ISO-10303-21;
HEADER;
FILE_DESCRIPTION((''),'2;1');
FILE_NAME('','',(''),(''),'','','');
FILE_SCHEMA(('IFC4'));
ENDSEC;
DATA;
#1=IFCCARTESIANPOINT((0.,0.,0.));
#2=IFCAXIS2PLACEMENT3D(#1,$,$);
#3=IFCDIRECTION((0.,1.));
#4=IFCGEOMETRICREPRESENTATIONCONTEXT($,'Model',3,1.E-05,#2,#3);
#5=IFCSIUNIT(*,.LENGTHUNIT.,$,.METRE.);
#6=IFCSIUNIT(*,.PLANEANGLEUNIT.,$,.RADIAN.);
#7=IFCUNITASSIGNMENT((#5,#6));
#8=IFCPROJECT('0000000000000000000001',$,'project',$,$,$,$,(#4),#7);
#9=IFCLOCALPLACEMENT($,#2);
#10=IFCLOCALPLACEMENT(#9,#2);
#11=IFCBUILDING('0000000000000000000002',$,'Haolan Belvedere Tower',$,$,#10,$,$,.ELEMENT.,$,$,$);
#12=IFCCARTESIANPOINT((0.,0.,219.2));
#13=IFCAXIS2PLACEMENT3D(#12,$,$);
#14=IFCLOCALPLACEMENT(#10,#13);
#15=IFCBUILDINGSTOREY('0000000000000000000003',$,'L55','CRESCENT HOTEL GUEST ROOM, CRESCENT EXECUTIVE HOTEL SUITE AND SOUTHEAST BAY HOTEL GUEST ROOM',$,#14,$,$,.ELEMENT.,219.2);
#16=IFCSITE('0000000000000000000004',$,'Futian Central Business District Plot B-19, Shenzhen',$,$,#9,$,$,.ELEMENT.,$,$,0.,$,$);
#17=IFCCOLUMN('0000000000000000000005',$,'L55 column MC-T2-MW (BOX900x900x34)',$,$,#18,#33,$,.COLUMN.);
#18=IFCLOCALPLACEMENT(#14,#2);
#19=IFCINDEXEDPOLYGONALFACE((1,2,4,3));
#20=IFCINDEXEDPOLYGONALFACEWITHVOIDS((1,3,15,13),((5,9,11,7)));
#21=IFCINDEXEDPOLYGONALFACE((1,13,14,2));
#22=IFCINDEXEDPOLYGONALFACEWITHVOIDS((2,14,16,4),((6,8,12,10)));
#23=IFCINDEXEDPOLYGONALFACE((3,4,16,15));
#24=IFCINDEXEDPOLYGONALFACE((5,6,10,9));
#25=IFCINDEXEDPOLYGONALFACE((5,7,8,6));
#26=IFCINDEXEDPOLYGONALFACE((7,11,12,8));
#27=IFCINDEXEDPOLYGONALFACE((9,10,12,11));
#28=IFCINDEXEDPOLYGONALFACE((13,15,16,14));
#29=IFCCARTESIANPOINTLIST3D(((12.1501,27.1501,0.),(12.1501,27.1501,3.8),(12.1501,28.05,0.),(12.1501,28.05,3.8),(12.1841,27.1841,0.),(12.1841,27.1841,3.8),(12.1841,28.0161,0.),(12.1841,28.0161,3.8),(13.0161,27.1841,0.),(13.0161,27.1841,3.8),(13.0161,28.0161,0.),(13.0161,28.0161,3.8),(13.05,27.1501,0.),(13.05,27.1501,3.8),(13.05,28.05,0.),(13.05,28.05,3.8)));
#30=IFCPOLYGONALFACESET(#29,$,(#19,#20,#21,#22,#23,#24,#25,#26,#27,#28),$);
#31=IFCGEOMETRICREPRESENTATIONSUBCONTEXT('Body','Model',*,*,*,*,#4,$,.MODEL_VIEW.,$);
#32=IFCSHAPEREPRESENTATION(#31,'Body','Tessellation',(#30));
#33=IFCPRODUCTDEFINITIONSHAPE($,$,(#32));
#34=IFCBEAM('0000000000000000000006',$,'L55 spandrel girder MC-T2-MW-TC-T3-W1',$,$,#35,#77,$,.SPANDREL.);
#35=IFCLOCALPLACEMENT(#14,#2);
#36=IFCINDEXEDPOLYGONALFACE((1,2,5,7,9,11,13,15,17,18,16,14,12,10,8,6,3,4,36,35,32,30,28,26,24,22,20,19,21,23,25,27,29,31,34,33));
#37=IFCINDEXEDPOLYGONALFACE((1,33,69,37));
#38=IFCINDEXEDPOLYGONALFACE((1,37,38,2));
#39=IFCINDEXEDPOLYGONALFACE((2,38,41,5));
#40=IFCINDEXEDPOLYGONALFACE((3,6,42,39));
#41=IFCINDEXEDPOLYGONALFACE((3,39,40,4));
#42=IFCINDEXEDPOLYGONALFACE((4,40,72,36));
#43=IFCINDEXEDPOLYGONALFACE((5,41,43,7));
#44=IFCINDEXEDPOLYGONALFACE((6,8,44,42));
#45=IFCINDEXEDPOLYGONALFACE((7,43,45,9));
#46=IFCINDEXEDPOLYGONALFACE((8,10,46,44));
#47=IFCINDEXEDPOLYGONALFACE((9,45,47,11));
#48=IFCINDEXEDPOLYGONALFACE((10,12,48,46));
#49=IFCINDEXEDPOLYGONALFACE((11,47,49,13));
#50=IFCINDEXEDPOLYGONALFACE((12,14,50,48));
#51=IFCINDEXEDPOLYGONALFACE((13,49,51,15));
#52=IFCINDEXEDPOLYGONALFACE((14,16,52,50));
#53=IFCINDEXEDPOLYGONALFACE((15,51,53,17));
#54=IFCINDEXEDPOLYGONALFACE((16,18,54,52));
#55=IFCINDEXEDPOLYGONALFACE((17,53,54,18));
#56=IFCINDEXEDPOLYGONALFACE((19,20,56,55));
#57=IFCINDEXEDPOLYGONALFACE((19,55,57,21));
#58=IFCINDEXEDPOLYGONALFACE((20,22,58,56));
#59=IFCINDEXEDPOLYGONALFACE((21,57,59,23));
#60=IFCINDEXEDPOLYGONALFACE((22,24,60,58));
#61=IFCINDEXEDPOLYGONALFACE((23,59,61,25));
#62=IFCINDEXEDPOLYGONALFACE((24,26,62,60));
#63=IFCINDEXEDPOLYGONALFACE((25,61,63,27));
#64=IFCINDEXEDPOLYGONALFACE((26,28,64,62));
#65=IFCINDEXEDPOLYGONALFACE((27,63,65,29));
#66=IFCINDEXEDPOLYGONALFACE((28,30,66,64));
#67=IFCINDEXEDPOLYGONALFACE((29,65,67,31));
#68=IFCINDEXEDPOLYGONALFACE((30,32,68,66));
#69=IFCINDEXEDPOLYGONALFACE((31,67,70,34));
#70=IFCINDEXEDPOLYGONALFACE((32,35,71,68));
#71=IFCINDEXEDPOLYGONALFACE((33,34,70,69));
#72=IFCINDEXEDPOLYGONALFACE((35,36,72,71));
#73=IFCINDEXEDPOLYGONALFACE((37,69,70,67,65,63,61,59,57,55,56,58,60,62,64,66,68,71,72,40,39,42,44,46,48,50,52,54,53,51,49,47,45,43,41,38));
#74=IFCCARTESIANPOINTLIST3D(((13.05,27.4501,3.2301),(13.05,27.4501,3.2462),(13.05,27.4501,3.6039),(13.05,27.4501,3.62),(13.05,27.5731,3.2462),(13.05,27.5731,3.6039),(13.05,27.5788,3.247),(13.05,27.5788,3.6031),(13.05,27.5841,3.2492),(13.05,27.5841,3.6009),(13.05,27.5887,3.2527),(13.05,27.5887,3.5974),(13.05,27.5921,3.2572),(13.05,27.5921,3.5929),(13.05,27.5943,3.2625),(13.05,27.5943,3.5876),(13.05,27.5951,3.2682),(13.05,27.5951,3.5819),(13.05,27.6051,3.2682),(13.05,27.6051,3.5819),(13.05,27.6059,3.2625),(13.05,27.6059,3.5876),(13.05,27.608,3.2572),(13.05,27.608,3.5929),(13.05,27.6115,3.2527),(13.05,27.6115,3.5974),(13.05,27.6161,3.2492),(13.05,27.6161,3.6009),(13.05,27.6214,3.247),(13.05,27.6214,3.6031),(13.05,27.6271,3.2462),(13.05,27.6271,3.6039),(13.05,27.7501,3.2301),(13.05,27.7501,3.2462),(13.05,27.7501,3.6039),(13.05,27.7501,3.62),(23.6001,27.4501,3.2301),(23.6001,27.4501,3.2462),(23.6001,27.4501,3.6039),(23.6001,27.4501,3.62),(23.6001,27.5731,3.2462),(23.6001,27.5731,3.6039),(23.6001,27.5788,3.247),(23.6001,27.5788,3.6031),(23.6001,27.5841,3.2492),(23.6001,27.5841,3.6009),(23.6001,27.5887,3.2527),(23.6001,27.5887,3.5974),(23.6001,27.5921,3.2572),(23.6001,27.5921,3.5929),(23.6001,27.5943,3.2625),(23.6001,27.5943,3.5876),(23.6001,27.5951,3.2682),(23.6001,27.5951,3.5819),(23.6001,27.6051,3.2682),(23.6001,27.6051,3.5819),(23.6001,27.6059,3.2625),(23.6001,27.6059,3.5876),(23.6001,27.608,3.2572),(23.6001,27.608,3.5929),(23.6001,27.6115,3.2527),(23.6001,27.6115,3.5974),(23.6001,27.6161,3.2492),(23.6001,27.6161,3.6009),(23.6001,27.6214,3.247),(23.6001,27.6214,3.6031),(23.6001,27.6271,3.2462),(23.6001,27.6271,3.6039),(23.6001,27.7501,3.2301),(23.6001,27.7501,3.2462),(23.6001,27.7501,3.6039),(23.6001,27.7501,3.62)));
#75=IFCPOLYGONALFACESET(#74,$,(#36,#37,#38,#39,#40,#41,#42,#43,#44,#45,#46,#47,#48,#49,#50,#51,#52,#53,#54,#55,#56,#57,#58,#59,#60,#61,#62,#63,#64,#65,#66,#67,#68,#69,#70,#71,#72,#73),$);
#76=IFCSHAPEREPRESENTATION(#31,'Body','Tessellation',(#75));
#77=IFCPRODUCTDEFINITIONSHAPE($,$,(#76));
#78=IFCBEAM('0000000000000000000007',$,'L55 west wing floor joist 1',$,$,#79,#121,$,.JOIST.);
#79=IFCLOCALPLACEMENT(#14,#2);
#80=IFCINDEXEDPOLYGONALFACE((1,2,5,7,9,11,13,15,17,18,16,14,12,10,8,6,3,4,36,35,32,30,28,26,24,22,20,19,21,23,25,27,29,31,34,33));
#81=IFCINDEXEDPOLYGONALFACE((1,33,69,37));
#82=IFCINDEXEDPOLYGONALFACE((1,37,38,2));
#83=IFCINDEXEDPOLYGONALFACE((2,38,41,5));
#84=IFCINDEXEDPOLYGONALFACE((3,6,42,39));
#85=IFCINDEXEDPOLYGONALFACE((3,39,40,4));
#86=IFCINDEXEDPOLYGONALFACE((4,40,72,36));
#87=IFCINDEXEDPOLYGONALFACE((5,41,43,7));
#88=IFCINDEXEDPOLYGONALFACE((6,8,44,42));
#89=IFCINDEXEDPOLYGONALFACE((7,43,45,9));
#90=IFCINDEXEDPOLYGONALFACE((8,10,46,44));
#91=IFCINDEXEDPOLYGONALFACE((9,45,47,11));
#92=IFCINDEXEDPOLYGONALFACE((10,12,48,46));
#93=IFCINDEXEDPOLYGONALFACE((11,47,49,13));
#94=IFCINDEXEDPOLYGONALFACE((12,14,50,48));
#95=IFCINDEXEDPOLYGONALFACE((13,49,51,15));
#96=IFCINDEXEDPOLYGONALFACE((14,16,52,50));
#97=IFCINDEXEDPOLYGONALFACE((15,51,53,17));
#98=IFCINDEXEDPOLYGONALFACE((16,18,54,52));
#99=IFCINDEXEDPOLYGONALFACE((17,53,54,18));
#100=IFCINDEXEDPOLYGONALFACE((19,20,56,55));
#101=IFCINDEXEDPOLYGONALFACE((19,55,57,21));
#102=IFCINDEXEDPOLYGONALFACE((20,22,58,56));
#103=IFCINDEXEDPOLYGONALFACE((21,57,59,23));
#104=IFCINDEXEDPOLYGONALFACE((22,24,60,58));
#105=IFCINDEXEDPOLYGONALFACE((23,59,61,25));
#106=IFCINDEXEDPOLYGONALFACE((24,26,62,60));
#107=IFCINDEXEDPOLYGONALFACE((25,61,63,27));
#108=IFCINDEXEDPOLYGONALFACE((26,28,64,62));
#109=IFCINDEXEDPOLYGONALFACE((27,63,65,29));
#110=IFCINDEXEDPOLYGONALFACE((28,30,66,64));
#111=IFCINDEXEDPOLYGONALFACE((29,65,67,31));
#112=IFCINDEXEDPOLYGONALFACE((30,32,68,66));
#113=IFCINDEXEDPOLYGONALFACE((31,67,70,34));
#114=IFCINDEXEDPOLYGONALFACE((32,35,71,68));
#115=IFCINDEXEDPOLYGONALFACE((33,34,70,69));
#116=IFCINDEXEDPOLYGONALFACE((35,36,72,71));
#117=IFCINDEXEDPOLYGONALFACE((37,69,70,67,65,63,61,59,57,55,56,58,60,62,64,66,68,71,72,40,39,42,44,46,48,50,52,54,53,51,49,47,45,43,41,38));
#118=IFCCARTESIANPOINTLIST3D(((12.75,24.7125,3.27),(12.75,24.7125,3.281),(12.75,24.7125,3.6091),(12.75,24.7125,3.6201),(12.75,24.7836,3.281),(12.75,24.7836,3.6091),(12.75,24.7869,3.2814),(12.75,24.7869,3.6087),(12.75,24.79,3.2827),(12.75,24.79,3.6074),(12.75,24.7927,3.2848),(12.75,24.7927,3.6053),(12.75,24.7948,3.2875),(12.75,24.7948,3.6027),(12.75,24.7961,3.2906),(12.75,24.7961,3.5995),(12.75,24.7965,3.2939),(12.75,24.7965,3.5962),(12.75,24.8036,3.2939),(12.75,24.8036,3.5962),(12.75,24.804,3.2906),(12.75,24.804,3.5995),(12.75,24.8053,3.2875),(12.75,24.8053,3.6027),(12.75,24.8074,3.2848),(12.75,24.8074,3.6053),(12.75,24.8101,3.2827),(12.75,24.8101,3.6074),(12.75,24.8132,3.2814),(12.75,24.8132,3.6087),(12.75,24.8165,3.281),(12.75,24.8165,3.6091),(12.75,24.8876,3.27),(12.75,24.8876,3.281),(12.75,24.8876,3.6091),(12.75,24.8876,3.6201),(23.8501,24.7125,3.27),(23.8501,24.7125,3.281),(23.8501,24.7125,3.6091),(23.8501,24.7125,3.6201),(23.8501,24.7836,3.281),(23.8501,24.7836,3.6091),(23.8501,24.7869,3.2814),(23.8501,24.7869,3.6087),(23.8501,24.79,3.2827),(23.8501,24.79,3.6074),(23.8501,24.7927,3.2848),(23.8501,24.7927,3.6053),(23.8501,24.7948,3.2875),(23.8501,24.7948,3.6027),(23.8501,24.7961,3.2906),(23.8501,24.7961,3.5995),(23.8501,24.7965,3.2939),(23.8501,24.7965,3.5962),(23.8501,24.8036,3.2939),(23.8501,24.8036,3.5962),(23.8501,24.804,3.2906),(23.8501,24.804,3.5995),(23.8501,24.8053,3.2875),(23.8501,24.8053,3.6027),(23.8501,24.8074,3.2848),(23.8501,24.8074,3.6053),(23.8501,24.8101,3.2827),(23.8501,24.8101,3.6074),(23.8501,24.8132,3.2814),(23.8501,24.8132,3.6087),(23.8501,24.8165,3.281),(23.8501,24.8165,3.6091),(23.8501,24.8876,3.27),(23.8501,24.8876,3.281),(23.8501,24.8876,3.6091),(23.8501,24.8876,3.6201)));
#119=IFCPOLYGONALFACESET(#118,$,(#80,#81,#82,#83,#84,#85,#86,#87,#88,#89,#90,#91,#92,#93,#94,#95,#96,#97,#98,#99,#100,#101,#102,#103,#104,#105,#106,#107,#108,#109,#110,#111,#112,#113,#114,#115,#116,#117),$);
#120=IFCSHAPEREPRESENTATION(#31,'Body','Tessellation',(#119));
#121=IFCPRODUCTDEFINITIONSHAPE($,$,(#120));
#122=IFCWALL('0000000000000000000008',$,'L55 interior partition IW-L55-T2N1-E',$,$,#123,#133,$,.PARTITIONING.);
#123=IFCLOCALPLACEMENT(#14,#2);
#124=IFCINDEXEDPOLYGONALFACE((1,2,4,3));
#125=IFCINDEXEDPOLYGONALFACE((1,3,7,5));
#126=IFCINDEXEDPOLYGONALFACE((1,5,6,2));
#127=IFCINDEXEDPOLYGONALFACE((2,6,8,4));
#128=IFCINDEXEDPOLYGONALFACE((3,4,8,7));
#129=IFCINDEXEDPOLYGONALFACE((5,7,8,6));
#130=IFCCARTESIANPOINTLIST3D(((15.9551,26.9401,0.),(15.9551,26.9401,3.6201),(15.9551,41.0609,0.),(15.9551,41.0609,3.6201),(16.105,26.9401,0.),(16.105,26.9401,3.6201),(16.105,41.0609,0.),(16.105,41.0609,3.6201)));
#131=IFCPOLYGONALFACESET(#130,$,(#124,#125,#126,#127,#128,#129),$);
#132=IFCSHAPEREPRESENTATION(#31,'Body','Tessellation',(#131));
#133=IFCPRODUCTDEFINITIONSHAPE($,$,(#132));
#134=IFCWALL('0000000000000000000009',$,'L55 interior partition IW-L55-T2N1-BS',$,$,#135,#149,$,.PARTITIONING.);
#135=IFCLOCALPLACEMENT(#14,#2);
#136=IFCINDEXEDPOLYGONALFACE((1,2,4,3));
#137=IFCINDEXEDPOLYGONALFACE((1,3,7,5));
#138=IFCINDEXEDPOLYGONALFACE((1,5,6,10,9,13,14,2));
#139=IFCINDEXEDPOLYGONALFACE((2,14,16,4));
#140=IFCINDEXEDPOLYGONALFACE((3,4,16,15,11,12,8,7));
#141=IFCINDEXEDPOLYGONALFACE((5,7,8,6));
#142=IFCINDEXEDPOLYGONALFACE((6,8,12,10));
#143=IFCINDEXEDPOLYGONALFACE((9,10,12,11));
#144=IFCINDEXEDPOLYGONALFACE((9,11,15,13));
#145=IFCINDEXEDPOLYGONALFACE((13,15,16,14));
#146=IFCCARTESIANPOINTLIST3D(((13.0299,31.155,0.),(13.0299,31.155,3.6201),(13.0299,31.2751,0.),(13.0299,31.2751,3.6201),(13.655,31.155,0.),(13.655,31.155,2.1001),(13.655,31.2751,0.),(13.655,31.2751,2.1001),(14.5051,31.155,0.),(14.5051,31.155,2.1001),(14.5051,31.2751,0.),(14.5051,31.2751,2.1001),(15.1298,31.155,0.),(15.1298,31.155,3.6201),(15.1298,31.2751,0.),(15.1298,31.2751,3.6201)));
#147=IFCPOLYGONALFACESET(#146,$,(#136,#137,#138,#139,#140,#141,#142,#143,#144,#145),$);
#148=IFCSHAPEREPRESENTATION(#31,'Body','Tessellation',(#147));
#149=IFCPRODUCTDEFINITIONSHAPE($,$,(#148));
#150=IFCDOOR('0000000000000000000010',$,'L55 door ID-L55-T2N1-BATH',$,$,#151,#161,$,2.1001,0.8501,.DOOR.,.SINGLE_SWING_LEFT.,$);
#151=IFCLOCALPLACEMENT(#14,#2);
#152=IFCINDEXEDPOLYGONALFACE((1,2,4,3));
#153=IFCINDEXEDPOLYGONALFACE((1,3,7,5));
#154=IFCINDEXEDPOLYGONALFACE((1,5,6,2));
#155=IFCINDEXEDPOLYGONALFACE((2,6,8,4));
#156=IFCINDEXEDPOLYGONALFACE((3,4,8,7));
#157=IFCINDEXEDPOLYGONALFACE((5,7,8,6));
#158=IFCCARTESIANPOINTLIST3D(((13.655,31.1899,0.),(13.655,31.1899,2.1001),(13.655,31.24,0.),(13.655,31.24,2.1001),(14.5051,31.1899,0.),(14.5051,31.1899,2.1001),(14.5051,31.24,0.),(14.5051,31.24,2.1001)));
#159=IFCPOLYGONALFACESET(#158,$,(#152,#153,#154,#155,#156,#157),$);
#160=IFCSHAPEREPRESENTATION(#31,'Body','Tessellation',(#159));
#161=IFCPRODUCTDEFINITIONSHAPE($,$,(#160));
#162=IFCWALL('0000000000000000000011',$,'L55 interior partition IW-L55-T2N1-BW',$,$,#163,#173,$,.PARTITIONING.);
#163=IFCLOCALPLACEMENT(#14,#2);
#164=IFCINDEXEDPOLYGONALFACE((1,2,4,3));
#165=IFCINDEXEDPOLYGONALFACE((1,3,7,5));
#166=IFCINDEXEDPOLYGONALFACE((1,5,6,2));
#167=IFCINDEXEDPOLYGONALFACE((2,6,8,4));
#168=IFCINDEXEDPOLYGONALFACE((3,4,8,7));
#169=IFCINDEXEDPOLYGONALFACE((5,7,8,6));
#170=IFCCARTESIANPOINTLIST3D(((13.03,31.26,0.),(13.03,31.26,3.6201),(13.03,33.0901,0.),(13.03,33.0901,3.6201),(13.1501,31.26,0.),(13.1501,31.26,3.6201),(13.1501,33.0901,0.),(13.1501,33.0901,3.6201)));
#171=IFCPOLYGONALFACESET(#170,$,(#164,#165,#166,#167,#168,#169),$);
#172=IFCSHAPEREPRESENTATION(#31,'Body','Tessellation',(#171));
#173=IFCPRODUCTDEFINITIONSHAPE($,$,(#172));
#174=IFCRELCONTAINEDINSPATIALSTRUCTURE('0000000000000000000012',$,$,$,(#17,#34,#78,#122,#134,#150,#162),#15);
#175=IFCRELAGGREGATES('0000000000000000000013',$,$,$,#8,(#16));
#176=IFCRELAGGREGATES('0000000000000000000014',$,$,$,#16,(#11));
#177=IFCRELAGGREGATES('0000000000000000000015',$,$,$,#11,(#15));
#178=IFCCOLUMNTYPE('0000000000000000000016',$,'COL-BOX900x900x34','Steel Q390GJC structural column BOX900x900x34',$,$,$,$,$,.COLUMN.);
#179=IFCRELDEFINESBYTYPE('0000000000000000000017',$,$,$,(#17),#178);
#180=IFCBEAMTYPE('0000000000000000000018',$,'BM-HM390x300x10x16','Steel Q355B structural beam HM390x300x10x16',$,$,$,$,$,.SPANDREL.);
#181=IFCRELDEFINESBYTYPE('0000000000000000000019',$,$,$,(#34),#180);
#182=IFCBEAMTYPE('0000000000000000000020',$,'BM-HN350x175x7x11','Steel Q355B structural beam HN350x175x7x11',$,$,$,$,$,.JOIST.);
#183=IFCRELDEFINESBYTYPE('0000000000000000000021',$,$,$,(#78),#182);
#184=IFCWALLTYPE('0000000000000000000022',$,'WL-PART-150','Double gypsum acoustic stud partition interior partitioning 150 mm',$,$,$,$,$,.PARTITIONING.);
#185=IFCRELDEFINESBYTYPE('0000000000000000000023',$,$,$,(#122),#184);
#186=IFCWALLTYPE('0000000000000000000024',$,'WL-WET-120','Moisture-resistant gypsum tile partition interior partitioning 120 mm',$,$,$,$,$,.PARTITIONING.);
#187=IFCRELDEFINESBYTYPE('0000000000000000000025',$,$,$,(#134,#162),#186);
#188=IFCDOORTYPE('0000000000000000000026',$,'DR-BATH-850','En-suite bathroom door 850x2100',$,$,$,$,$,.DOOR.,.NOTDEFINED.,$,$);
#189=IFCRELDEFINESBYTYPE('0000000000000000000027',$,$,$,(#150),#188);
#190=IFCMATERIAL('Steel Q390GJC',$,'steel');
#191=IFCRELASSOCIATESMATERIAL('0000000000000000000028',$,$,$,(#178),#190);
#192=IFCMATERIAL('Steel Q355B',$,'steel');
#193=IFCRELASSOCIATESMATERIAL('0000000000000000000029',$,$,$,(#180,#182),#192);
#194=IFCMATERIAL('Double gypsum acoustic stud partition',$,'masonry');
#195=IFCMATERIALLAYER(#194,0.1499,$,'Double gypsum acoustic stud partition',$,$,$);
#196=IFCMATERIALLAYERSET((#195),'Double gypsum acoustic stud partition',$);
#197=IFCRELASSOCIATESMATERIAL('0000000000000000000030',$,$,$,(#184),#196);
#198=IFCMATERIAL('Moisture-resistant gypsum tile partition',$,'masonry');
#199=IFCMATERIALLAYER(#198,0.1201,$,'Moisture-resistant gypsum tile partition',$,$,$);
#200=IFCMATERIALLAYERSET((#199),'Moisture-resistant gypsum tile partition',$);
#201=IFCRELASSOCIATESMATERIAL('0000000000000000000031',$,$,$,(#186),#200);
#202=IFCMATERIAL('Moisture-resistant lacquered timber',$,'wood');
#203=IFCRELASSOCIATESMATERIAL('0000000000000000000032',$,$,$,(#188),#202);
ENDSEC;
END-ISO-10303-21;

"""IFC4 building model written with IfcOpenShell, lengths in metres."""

from ifc_helpers import new_model, si_unit, direction, frame, frame_2d, origin, origin_2d, place, context, subcontext, project, spatial, rectangle, hollow_rectangle, i_section, extrude, material, layer, layer_set, material_profile, profile_set, type_object, element, fill, save


model = new_model("IFC4")

# Units and contexts
model_context = context("Model", 3, precision=1e-05, world=origin(), true_north=direction((0.0, 1.0)))
body_context = subcontext(model_context, "Body", "Model", "MODEL_VIEW")
ifc_project = project(units=[si_unit("LENGTHUNIT", "METRE"), si_unit("PLANEANGLEUNIT", "RADIAN")], contexts=[model_context])

# Site, building, storey
site_placement = place(None, origin())
site = spatial("IfcSite", under=ifc_project, at=site_placement, Name="Futian Central Business District Plot B-19, Shenzhen", CompositionType="ELEMENT", RefElevation=0.0)
building_placement = place(site_placement, origin())
building = spatial("IfcBuilding", under=site, at=building_placement, Name="Haolan Belvedere Tower", CompositionType="ELEMENT")
storey_placement = place(building_placement, frame((0.0, 0.0, 219.2)))
storey = spatial("IfcBuildingStorey", under=building, at=storey_placement, Name="L55", Description="CRESCENT HOTEL GUEST ROOM, CRESCENT EXECUTIVE HOTEL SUITE AND SOUTHEAST BAY HOTEL GUEST ROOM", CompositionType="ELEMENT", Elevation=219.2)

# Column
ifc_material_1 = material(Name="Steel Q390GJC", Category="steel")
ifc_material_profile_1 = material_profile(ifc_material_1, hollow_rectangle(XDim=0.8999, YDim=0.8999, WallThickness=0.0339, at=origin_2d()), Name="Steel Q390GJC")
ifc_profile_set_1 = profile_set([ifc_material_profile_1], Name="Steel Q390GJC")
column_type = type_object("IfcColumnType", Name="COL-BOX900x900x34", Description="Steel Q390GJC structural column BOX900x900x34", PredefinedType="COLUMN", material=ifc_profile_set_1)
column_placement = place(storey_placement, frame((12.6001, 27.6001, 0.0), z_axis=(0.0, 0.0, 1.0), x_axis=(1.0, 0.0, 0.0)))
element("IfcColumn", 1, at=column_placement, inside=storey, type_object=column_type, Name="L55 column MC-T2-MW (BOX900x900x34)", PredefinedType="COLUMN", context=body_context, shape_type="SweptSolid", body=[
    extrude(hollow_rectangle(XDim=0.8999, YDim=0.8999, WallThickness=0.0339, at=origin_2d()), origin(), (0.0, 0.0, 1.0), 3.8),
])

# Beams
ifc_material_2 = material(Name="Steel Q355B", Category="steel")
ifc_material_profile_2 = material_profile(ifc_material_2, i_section(OverallWidth=0.3, OverallDepth=0.3899, WebThickness=0.01, FlangeThickness=0.0161, FilletRadius=0.022, at=origin_2d()), Name="Steel Q355B")
ifc_profile_set_2 = profile_set([ifc_material_profile_2], Name="Steel Q355B")
beam_type_1 = type_object("IfcBeamType", Name="BM-HM390x300x10x16", Description="Steel Q355B structural beam HM390x300x10x16", PredefinedType="SPANDREL", material=ifc_profile_set_2)
beam_1_placement = place(storey_placement, frame((13.05, 27.6001, 3.425), z_axis=(1.0, 0.0, 0.0), x_axis=(0.0, 1.0, 0.0)))
element("IfcBeam", 2, at=beam_1_placement, inside=storey, type_object=beam_type_1, Name="L55 spandrel girder MC-T2-MW-TC-T3-W1", PredefinedType="SPANDREL", context=body_context, shape_type="SweptSolid", body=[
    extrude(i_section(OverallWidth=0.3, OverallDepth=0.3899, WebThickness=0.01, FlangeThickness=0.0161, FilletRadius=0.022, at=origin_2d()), origin(), (0.0, 0.0, 1.0), 10.55),
])
ifc_material_profile_3 = material_profile(ifc_material_2, i_section(OverallWidth=0.175, OverallDepth=0.3501, WebThickness=0.0071, FlangeThickness=0.011, FilletRadius=0.0129, at=origin_2d()), Name="Steel Q355B")
ifc_profile_set_3 = profile_set([ifc_material_profile_3], Name="Steel Q355B")
beam_type_2 = type_object("IfcBeamType", Name="BM-HN350x175x7x11", Description="Steel Q355B structural beam HN350x175x7x11", PredefinedType="JOIST", material=ifc_profile_set_3)
beam_2_placement = place(storey_placement, frame((12.75, 24.8, 3.4451), z_axis=(1.0, 0.0, 0.0), x_axis=(0.0, 1.0, 0.0)))
element("IfcBeam", 3, at=beam_2_placement, inside=storey, type_object=beam_type_2, Name="L55 west wing floor joist 1", PredefinedType="JOIST", context=body_context, shape_type="SweptSolid", body=[
    extrude(i_section(OverallWidth=0.175, OverallDepth=0.3501, WebThickness=0.0071, FlangeThickness=0.011, FilletRadius=0.0129, at=origin_2d()), origin(), (0.0, 0.0, 1.0), 11.1001),
])

# Shared definitions
ifc_material_3 = material(Name="Double gypsum acoustic stud partition", Category="masonry")
ifc_layer_1 = layer(ifc_material_3, 0.1499, Name="Double gypsum acoustic stud partition")
ifc_layer_set_1 = layer_set([ifc_layer_1], Name="Double gypsum acoustic stud partition")
wall_type_1 = type_object("IfcWallType", Name="WL-PART-150", Description="Double gypsum acoustic stud partition interior partitioning 150 mm", PredefinedType="PARTITIONING", material=ifc_layer_set_1)

# Wall
wall_1_placement = place(storey_placement, frame((16.03, 26.9399, 0.0), z_axis=(0.0, 0.0, 1.0), x_axis=(0.0, 1.0, 0.0)))
element("IfcWall", 4, at=wall_1_placement, inside=storey, type_object=wall_type_1, Name="L55 interior partition IW-L55-T2N1-E", PredefinedType="PARTITIONING", context=body_context, shape_type="SweptSolid", body=[
    extrude(rectangle(XDim=14.1208, YDim=0.1499, at=frame_2d((7.0605, 0.0))), origin(), (0.0, 0.0, 1.0), 3.6201),
])

# Wall, opening, door
ifc_material_4 = material(Name="Moisture-resistant gypsum tile partition", Category="masonry")
ifc_layer_2 = layer(ifc_material_4, 0.1201, Name="Moisture-resistant gypsum tile partition")
ifc_layer_set_2 = layer_set([ifc_layer_2], Name="Moisture-resistant gypsum tile partition")
wall_type_2 = type_object("IfcWallType", Name="WL-WET-120", Description="Moisture-resistant gypsum tile partition interior partitioning 120 mm", PredefinedType="PARTITIONING", material=ifc_layer_set_2)
wall_2_placement = place(storey_placement, frame((13.03, 31.2151, 0.0), z_axis=(0.0, 0.0, 1.0), x_axis=(1.0, 0.0, 0.0)))
wall_2 = element("IfcWall", 5, at=wall_2_placement, inside=storey, type_object=wall_type_2, Name="L55 interior partition IW-L55-T2N1-BS", PredefinedType="PARTITIONING", context=body_context, shape_type="SweptSolid", body=[
    extrude(rectangle(XDim=2.0999, YDim=0.1201, at=frame_2d((1.0498, 0.0))), origin(), (0.0, 0.0, 1.0), 3.6201),
])
opening_1_placement = place(wall_2_placement, frame((0.625, 0.0, 0.0)))
opening_1 = element("IfcOpeningElement", 6, at=opening_1_placement, cuts=wall_2, PredefinedType="OPENING", context=body_context, shape_type="SweptSolid", body=[
    extrude(rectangle(XDim=0.8501, YDim=2.1001, at=frame_2d((0.425, 1.05))), frame((0.0, 0.0701, 0.0), z_axis=(0.0, -1.0, 0.0), x_axis=(1.0, 0.0, 0.0)), (0.0, 0.0, 1.0), 0.1401),
])
ifc_material_5 = material(Name="Moisture-resistant lacquered timber", Category="wood")
door_type_1 = type_object("IfcDoorType", Name="DR-BATH-850", Description="En-suite bathroom door 850x2100", OperationType="NOTDEFINED", PredefinedType="DOOR", material=ifc_material_5)
door_1_placement = place(opening_1_placement, origin())
door_1 = element("IfcDoor", 7, at=door_1_placement, inside=storey, type_object=door_type_1, Name="L55 door ID-L55-T2N1-BATH", OperationType="SINGLE_SWING_LEFT", OverallHeight=2.1001, OverallWidth=0.8501, PredefinedType="DOOR", context=body_context, shape_type="SweptSolid", body=[
    extrude(rectangle(XDim=0.8501, YDim=2.1001, at=frame_2d((0.425, 1.05))), frame((0.0, 0.0249, 0.0), z_axis=(0.0, -1.0, 0.0), x_axis=(1.0, 0.0, 0.0)), (0.0, 0.0, 1.0), 0.05),
])
fill(opening_1, door_1)

# Wall
for number, where, z_axis, x_axis, name in (
    (8, (13.0901, 31.26, 0.0), (0.0, 0.0, 1.0), (0.0, 1.0, 0.0), "L55 interior partition IW-L55-T2N1-BW"),
):
    element("IfcWall", number, at=place(storey_placement, frame(where, z_axis=z_axis, x_axis=x_axis)), inside=storey, type_object=wall_type_2, Name=name, PredefinedType="PARTITIONING", context=body_context, shape_type="SweptSolid", body=[
        extrude(rectangle(XDim=1.8301, YDim=0.1201, at=frame_2d((0.915, 0.0))), origin(), (0.0, 0.0, 1.0), 3.6201),
    ])

save(model, "model.ifc")
